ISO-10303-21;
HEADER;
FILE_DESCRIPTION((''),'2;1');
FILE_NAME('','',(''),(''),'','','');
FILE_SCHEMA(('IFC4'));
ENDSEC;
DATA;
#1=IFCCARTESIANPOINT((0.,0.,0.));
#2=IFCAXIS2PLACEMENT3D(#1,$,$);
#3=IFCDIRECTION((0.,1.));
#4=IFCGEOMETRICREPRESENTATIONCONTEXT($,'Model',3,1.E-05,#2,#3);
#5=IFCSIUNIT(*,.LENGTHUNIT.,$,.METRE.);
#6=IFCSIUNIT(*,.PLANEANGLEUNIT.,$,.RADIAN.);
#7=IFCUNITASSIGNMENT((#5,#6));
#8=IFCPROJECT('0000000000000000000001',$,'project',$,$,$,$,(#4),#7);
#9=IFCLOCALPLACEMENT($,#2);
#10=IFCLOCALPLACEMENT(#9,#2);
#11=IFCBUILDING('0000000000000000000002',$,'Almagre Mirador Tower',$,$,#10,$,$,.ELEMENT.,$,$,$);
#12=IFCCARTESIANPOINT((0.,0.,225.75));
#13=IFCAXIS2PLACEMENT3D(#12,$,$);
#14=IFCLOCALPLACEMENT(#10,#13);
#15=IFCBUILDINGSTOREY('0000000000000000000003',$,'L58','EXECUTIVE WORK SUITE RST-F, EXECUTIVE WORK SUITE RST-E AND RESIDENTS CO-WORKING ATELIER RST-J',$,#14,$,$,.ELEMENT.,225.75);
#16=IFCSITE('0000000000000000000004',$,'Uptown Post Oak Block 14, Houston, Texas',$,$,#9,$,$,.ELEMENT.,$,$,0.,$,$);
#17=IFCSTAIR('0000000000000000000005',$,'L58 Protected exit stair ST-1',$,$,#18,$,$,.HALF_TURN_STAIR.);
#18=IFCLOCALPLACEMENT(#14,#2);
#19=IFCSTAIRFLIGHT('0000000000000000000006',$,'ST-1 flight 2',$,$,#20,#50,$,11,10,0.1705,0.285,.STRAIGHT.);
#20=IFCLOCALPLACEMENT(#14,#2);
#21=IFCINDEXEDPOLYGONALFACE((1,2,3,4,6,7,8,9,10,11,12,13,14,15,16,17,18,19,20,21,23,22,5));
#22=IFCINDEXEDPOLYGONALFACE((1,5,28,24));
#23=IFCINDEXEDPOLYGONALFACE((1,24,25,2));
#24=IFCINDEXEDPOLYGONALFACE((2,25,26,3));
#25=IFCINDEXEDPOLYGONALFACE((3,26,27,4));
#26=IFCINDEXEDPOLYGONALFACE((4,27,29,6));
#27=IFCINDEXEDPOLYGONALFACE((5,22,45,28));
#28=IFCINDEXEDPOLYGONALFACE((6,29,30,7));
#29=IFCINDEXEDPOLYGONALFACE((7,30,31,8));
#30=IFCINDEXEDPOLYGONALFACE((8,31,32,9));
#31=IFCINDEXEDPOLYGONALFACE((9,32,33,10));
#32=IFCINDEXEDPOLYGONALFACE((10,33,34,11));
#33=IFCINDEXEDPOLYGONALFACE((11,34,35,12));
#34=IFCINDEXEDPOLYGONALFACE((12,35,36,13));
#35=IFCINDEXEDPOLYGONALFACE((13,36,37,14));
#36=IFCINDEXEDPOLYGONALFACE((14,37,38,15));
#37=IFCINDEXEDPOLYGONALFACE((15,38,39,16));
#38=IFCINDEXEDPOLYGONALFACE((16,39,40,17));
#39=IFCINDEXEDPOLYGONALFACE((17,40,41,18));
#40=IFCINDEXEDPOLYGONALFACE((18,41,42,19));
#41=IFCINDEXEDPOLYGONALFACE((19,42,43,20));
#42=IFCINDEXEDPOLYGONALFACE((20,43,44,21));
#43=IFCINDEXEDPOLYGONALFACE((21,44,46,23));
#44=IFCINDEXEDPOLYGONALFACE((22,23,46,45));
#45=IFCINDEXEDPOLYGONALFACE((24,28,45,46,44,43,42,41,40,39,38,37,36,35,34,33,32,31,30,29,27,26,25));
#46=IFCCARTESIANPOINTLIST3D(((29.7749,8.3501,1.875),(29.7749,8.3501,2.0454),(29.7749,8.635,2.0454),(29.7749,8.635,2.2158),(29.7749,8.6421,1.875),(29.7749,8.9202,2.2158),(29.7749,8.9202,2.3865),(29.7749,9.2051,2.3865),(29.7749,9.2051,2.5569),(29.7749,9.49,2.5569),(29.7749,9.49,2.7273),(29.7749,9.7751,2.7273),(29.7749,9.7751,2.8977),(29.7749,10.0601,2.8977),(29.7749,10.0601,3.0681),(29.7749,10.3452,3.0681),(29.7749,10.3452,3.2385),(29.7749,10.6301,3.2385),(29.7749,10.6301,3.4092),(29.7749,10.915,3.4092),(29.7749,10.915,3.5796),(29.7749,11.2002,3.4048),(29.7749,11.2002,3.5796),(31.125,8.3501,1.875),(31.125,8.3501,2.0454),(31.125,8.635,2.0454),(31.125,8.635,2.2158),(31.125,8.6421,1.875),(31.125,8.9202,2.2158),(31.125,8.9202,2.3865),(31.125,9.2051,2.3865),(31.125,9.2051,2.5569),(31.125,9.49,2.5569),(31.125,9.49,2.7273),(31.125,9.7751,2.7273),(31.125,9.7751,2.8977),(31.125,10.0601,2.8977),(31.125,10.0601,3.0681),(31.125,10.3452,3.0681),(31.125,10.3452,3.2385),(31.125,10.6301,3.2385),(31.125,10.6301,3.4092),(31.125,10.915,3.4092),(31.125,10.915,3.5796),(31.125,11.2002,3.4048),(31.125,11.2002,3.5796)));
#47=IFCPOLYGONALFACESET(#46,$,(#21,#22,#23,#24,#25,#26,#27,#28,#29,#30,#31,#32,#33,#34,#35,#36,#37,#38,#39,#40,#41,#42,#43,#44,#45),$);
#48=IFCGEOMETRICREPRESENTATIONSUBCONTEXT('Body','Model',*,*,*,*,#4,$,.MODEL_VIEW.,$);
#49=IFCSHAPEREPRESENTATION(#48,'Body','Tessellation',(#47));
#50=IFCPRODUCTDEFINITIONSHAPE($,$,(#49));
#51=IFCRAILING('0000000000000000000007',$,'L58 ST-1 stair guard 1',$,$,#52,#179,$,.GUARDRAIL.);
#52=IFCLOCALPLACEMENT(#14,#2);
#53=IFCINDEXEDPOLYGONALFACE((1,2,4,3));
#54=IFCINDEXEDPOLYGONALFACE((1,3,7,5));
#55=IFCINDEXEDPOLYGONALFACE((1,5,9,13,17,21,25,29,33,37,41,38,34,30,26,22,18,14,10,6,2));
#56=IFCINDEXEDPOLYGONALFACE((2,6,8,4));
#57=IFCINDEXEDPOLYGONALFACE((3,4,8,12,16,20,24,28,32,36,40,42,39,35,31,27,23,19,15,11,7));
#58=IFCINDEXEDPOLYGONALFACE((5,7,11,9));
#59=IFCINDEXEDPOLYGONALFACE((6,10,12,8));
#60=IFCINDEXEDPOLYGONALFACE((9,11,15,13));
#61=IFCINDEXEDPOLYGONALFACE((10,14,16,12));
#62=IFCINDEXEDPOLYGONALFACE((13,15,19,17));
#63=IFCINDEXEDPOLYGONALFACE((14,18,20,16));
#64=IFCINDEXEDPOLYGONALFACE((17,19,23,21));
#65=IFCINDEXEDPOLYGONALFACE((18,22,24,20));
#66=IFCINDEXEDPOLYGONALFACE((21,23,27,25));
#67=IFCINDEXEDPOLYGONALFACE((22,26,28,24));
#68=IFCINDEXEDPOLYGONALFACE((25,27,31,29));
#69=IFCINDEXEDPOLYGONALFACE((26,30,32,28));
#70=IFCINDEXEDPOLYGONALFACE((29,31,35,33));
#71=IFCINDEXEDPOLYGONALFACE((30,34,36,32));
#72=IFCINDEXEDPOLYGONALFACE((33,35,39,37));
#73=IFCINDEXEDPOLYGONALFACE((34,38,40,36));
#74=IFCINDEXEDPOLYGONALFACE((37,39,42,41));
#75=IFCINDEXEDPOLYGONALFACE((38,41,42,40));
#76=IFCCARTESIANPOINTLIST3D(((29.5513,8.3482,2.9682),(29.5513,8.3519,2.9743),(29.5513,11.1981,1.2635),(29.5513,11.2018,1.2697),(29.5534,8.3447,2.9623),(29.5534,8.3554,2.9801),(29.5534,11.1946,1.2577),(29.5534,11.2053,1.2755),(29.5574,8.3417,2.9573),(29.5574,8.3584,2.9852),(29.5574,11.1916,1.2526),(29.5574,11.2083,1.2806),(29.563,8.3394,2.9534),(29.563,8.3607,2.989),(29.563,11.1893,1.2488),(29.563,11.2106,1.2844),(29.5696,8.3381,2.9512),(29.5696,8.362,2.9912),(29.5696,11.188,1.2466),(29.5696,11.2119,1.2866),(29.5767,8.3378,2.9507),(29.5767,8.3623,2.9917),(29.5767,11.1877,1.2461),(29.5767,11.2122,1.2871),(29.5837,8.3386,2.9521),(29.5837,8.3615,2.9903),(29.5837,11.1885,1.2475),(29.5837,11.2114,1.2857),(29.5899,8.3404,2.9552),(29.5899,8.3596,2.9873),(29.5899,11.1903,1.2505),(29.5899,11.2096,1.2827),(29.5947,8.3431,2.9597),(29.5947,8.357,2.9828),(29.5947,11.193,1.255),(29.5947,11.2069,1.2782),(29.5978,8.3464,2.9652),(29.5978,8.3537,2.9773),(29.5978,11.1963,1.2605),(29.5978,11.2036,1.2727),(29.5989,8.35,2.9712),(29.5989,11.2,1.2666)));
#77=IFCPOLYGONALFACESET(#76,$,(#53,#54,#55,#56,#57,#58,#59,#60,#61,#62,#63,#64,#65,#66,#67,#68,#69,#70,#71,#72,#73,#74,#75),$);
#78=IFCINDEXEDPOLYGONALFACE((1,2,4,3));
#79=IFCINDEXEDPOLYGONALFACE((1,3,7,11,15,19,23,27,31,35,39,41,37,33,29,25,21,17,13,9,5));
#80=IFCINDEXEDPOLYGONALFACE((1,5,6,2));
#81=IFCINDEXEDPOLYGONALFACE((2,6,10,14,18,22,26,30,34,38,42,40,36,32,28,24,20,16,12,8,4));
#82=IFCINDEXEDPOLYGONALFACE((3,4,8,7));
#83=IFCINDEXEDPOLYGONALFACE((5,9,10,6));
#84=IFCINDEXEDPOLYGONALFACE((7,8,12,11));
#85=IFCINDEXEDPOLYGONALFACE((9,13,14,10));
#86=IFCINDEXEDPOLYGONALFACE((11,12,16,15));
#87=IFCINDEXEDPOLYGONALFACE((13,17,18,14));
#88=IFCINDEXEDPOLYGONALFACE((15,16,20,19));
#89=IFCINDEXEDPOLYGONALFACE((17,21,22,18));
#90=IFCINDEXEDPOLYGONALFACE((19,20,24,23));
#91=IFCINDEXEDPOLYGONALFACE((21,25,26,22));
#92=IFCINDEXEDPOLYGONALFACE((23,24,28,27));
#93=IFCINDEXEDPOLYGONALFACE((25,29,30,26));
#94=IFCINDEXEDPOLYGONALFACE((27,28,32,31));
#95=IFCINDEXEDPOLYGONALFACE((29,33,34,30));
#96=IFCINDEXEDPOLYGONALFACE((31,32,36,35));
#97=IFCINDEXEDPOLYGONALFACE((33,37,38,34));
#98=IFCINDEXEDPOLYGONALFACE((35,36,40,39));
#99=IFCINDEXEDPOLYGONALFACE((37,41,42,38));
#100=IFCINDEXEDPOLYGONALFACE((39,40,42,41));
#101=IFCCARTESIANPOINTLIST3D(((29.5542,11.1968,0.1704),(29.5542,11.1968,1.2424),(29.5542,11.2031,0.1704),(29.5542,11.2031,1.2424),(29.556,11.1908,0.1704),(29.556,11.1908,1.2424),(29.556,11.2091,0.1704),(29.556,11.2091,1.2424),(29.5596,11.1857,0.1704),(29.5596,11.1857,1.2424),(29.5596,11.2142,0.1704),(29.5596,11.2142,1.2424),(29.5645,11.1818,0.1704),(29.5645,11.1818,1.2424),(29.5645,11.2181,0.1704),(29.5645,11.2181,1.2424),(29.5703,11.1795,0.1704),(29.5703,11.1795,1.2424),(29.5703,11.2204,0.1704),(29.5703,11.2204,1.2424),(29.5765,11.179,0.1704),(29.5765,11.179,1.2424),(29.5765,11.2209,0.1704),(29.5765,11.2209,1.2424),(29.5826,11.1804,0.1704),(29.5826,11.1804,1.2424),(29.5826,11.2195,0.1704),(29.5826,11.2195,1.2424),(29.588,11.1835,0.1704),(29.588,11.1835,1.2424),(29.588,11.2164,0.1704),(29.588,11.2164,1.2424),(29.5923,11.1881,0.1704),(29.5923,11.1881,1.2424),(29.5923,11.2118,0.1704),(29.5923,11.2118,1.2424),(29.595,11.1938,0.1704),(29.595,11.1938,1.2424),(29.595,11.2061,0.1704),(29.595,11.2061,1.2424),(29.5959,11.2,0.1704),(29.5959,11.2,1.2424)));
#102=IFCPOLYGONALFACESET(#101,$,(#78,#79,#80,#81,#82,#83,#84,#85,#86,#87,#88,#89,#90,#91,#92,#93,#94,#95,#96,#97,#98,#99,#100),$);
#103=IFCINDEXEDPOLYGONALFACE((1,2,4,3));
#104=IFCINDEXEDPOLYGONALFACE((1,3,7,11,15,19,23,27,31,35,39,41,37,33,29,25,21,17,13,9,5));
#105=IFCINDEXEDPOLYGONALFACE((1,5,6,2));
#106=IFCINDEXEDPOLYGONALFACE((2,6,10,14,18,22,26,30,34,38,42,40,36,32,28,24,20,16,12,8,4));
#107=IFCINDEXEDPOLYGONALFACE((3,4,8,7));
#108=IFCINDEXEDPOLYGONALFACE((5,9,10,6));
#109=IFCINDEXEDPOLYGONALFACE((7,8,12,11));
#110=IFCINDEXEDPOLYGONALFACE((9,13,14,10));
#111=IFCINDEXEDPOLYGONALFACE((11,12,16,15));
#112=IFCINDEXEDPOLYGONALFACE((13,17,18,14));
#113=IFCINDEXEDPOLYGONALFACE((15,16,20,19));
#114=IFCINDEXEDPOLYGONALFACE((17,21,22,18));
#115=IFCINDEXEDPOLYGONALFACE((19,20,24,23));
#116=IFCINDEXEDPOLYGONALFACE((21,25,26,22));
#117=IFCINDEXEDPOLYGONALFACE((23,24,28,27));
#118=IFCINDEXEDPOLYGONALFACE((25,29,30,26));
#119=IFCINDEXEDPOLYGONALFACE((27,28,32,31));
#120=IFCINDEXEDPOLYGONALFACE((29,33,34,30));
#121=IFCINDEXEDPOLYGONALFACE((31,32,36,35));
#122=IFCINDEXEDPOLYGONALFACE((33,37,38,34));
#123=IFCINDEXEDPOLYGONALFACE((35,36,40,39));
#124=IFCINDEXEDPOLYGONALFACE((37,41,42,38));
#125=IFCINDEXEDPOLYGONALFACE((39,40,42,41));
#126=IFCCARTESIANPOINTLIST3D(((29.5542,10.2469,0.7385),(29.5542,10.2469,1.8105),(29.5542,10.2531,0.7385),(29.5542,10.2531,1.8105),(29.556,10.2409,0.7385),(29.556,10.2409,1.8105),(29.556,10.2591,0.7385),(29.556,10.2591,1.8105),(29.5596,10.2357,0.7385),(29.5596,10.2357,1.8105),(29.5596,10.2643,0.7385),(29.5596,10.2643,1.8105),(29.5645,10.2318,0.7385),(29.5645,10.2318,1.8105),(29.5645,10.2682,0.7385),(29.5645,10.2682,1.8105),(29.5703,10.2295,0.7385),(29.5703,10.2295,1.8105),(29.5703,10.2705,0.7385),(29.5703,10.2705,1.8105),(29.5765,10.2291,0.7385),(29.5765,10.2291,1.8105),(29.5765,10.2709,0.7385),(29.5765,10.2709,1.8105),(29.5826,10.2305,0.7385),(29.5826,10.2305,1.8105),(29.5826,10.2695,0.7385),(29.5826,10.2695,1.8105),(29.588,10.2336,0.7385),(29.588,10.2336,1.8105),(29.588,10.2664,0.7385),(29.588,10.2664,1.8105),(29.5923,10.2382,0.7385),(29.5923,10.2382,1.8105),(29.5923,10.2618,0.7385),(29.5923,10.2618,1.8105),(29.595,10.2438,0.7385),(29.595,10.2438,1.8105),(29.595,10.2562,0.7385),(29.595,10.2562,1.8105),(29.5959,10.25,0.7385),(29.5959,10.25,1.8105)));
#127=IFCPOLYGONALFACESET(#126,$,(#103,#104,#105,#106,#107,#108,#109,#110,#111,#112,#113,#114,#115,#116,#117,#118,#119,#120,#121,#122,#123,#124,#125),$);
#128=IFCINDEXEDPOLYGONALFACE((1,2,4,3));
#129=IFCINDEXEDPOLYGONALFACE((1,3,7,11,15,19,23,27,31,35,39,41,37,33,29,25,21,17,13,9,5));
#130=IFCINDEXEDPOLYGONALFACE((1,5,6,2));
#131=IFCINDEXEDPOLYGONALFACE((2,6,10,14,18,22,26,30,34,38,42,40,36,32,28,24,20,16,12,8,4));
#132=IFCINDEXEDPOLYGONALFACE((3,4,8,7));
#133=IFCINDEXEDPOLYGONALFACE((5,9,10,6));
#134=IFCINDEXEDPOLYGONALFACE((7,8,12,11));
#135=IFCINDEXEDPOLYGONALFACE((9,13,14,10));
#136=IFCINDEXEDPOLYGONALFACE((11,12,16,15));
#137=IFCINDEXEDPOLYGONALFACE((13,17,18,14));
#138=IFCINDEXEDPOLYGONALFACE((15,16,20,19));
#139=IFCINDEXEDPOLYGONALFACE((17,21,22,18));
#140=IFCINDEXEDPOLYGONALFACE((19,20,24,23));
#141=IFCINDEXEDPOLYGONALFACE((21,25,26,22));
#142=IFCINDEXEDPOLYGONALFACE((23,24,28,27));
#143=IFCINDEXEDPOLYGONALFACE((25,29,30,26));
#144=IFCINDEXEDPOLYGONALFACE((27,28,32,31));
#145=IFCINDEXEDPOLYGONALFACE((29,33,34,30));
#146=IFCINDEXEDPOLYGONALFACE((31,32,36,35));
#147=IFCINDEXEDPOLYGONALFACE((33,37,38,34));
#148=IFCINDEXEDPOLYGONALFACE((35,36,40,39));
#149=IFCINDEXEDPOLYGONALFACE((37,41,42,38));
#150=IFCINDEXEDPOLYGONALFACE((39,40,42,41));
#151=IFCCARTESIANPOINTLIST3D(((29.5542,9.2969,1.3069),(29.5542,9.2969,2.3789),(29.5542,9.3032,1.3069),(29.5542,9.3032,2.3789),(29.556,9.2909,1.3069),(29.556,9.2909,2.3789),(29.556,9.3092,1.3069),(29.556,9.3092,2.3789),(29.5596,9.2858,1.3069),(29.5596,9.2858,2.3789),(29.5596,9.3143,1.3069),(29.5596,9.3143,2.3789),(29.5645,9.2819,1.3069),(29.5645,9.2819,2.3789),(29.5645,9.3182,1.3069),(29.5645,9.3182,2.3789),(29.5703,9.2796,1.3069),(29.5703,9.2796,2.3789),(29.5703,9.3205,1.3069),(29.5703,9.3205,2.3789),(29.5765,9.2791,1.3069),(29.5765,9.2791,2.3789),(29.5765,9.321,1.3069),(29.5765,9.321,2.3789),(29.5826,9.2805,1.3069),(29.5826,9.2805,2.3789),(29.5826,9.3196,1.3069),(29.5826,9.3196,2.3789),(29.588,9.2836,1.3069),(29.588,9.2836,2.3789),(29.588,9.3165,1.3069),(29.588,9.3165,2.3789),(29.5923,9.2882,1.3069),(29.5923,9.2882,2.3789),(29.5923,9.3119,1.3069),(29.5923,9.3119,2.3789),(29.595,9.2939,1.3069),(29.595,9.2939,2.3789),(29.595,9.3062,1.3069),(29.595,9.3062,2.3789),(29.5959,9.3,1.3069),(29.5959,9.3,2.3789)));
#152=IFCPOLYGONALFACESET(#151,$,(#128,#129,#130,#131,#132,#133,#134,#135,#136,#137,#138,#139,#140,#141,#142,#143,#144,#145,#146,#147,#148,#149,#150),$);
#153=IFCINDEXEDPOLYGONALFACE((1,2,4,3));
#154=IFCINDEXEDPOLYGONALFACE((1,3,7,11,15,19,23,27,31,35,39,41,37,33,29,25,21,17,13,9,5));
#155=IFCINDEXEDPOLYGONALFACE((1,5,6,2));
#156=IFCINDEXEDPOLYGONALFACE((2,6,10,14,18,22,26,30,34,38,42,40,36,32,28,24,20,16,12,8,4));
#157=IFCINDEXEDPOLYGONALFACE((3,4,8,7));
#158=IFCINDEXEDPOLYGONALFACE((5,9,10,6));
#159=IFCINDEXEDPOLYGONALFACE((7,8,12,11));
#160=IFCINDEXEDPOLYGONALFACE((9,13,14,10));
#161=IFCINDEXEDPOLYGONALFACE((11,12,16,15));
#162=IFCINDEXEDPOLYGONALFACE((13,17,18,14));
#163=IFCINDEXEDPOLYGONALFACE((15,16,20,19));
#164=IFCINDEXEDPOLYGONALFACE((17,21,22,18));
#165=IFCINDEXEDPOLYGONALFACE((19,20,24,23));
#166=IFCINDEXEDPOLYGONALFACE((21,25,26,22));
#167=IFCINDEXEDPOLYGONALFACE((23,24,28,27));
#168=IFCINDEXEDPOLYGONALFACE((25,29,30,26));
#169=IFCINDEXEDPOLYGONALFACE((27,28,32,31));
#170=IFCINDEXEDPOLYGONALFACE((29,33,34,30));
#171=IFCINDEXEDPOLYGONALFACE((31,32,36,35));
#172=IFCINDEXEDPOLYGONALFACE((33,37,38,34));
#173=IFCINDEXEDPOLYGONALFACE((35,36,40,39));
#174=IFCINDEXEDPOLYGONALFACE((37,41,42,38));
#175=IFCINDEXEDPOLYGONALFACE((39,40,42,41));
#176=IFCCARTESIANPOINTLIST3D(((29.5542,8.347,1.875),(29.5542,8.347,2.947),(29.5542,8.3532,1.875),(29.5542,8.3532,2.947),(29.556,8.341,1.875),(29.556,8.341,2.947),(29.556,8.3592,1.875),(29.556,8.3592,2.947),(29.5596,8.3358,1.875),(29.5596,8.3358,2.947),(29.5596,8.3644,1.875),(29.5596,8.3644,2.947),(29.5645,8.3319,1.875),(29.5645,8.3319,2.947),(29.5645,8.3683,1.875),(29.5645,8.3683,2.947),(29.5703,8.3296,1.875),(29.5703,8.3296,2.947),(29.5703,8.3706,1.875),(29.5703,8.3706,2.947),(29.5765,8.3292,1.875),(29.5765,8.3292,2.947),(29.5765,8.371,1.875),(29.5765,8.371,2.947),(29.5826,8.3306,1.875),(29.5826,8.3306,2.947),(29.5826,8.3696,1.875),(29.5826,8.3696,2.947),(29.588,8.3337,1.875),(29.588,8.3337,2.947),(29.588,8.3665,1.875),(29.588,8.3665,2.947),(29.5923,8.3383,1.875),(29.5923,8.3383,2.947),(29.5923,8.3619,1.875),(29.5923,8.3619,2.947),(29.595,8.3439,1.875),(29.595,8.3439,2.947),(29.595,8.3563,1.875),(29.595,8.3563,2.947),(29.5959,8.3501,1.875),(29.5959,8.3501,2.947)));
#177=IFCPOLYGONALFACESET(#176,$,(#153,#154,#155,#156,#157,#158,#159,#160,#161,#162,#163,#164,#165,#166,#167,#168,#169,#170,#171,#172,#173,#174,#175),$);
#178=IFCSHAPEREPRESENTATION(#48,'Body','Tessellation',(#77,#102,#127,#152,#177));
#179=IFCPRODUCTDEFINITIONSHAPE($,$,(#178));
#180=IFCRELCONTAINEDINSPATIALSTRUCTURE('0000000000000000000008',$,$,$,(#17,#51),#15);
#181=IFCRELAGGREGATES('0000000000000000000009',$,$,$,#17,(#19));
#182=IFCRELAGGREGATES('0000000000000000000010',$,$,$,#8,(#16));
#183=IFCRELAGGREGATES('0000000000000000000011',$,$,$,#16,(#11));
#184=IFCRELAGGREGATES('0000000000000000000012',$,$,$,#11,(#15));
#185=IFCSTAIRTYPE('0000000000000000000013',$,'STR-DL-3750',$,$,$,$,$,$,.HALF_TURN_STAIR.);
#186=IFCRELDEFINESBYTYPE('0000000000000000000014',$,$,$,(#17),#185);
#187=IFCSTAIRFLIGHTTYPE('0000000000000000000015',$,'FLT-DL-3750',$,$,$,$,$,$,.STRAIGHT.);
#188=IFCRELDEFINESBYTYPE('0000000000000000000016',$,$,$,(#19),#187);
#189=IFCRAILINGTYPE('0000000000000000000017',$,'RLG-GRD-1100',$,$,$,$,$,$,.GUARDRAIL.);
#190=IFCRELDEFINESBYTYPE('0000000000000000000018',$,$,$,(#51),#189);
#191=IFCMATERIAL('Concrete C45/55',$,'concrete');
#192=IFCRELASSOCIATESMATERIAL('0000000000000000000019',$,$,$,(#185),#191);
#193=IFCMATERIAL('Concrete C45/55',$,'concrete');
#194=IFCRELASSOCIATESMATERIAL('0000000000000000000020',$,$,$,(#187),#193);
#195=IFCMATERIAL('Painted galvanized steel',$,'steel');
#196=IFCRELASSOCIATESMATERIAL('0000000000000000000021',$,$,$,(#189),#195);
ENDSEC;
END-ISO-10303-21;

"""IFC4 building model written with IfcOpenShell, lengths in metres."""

from ifc_helpers import new_model, si_unit, direction, frame, origin, origin_2d, place, context, subcontext, project, spatial, polyline, circle, outline, extrude, material, type_object, element, aggregate, save


model = new_model("IFC4")

# Units and contexts
model_context = context("Model", 3, precision=1e-05, world=origin(), true_north=direction((0.0, 1.0)))
body_context = subcontext(model_context, "Body", "Model", "MODEL_VIEW")
ifc_project = project(units=[si_unit("LENGTHUNIT", "METRE"), si_unit("PLANEANGLEUNIT", "RADIAN")], contexts=[model_context])

# Site, building, storey
site_placement = place(None, origin())
site = spatial("IfcSite", under=ifc_project, at=site_placement, Name="Uptown Post Oak Block 14, Houston, Texas", CompositionType="ELEMENT", RefElevation=0.0)
building_placement = place(site_placement, origin())
building = spatial("IfcBuilding", under=site, at=building_placement, Name="Almagre Mirador Tower", CompositionType="ELEMENT")
storey_placement = place(building_placement, frame((0.0, 0.0, 225.75)))
storey = spatial("IfcBuildingStorey", under=building, at=storey_placement, Name="L58", Description="EXECUTIVE WORK SUITE RST-F, EXECUTIVE WORK SUITE RST-E AND RESIDENTS CO-WORKING ATELIER RST-J", CompositionType="ELEMENT", Elevation=225.75)

# Stair, stair flight
ifc_material_1 = material(Name="Concrete C45/55", Category="concrete")
stair_type = type_object("IfcStairType", Name="STR-DL-3750", PredefinedType="HALF_TURN_STAIR", material=ifc_material_1)
stair_placement = place(storey_placement, origin())
stair = element("IfcStair", 1, at=stair_placement, inside=storey, type_object=stair_type, Name="L58 Protected exit stair ST-1", PredefinedType="HALF_TURN_STAIR")
ifc_material_2 = material(Name="Concrete C45/55", Category="concrete")
stair_flight_type = type_object("IfcStairFlightType", Name="FLT-DL-3750", PredefinedType="STRAIGHT", material=ifc_material_2)
stair_flight_1_placement = place(storey_placement, frame((30.45, 8.3501, 1.875), z_axis=(0.0, 0.0, 1.0), x_axis=(0.0, 1.0, 0.0)))
stair_flight_1 = element("IfcStairFlight", 2, at=stair_flight_1_placement, type_object=stair_flight_type, Name="ST-1 flight 2", NumberOfRisers=11, NumberOfTreads=10, PredefinedType="STRAIGHT", RiserHeight=0.1705, TreadLength=0.285, context=body_context, shape_type="SweptSolid", body=[
    extrude(outline(polyline([(0.0, 0.0), (0.0, 0.1704), (0.2849, 0.1704), (0.2849, 0.3408), (0.5701, 0.3408), (0.5701, 0.5115), (0.855, 0.5115), (0.855, 0.6819), (1.1399, 0.6819), (1.1399, 0.8523), (1.425, 0.8523), (1.425, 1.0227), (1.71, 1.0227), (1.71, 1.1931), (1.9951, 1.1931), (1.9951, 1.3635), (2.28, 1.3635), (2.28, 1.5342), (2.5649, 1.5342), (2.5649, 1.7046), (2.8501, 1.7046), (2.8501, 1.875), (2.8501, 1.5298), (0.292, 0.0), (0.0, 0.0)])), frame((0.0, 0.675, 0.0), z_axis=(0.0, -1.0, 0.0), x_axis=(1.0, 0.0, 0.0)), (0.0, 0.0, 1.0), 1.3501),
])
aggregate(stair, [stair_flight_1])

# Railing
ifc_material_3 = material(Name="Painted galvanized steel", Category="steel")
railing_type_1 = type_object("IfcRailingType", Name="RLG-GRD-1100", PredefinedType="GUARDRAIL", material=ifc_material_3)
railing_1_placement = place(storey_placement, frame((29.575, 11.2, 0.1704)))
element("IfcRailing", 3, at=railing_1_placement, inside=storey, type_object=railing_type_1, Name="L58 ST-1 stair guard 1", PredefinedType="GUARDRAIL", context=body_context, shape_type="SweptSolid", body=[
    extrude(circle(Radius=0.0239, at=origin_2d()), frame((0.0, 0.0, 1.0962), z_axis=(0.0, -0.858199, 0.513317), x_axis=(1.0, 0.0, 0.0)), (0.0, 0.0, 1.0), 3.3208),
    extrude(circle(Radius=0.021, at=origin_2d()), origin(), (0.0, 0.0, 1.0), 1.072),
    extrude(circle(Radius=0.021, at=origin_2d()), frame((0.0, -0.95, 0.5681)), (0.0, 0.0, 1.0), 1.072),
    extrude(circle(Radius=0.021, at=origin_2d()), frame((0.0, -1.8999, 1.1365)), (0.0, 0.0, 1.0), 1.072),
    extrude(circle(Radius=0.021, at=origin_2d()), frame((0.0, -2.8499, 1.7046)), (0.0, 0.0, 1.0), 1.072),
])

save(model, "model.ifc")
